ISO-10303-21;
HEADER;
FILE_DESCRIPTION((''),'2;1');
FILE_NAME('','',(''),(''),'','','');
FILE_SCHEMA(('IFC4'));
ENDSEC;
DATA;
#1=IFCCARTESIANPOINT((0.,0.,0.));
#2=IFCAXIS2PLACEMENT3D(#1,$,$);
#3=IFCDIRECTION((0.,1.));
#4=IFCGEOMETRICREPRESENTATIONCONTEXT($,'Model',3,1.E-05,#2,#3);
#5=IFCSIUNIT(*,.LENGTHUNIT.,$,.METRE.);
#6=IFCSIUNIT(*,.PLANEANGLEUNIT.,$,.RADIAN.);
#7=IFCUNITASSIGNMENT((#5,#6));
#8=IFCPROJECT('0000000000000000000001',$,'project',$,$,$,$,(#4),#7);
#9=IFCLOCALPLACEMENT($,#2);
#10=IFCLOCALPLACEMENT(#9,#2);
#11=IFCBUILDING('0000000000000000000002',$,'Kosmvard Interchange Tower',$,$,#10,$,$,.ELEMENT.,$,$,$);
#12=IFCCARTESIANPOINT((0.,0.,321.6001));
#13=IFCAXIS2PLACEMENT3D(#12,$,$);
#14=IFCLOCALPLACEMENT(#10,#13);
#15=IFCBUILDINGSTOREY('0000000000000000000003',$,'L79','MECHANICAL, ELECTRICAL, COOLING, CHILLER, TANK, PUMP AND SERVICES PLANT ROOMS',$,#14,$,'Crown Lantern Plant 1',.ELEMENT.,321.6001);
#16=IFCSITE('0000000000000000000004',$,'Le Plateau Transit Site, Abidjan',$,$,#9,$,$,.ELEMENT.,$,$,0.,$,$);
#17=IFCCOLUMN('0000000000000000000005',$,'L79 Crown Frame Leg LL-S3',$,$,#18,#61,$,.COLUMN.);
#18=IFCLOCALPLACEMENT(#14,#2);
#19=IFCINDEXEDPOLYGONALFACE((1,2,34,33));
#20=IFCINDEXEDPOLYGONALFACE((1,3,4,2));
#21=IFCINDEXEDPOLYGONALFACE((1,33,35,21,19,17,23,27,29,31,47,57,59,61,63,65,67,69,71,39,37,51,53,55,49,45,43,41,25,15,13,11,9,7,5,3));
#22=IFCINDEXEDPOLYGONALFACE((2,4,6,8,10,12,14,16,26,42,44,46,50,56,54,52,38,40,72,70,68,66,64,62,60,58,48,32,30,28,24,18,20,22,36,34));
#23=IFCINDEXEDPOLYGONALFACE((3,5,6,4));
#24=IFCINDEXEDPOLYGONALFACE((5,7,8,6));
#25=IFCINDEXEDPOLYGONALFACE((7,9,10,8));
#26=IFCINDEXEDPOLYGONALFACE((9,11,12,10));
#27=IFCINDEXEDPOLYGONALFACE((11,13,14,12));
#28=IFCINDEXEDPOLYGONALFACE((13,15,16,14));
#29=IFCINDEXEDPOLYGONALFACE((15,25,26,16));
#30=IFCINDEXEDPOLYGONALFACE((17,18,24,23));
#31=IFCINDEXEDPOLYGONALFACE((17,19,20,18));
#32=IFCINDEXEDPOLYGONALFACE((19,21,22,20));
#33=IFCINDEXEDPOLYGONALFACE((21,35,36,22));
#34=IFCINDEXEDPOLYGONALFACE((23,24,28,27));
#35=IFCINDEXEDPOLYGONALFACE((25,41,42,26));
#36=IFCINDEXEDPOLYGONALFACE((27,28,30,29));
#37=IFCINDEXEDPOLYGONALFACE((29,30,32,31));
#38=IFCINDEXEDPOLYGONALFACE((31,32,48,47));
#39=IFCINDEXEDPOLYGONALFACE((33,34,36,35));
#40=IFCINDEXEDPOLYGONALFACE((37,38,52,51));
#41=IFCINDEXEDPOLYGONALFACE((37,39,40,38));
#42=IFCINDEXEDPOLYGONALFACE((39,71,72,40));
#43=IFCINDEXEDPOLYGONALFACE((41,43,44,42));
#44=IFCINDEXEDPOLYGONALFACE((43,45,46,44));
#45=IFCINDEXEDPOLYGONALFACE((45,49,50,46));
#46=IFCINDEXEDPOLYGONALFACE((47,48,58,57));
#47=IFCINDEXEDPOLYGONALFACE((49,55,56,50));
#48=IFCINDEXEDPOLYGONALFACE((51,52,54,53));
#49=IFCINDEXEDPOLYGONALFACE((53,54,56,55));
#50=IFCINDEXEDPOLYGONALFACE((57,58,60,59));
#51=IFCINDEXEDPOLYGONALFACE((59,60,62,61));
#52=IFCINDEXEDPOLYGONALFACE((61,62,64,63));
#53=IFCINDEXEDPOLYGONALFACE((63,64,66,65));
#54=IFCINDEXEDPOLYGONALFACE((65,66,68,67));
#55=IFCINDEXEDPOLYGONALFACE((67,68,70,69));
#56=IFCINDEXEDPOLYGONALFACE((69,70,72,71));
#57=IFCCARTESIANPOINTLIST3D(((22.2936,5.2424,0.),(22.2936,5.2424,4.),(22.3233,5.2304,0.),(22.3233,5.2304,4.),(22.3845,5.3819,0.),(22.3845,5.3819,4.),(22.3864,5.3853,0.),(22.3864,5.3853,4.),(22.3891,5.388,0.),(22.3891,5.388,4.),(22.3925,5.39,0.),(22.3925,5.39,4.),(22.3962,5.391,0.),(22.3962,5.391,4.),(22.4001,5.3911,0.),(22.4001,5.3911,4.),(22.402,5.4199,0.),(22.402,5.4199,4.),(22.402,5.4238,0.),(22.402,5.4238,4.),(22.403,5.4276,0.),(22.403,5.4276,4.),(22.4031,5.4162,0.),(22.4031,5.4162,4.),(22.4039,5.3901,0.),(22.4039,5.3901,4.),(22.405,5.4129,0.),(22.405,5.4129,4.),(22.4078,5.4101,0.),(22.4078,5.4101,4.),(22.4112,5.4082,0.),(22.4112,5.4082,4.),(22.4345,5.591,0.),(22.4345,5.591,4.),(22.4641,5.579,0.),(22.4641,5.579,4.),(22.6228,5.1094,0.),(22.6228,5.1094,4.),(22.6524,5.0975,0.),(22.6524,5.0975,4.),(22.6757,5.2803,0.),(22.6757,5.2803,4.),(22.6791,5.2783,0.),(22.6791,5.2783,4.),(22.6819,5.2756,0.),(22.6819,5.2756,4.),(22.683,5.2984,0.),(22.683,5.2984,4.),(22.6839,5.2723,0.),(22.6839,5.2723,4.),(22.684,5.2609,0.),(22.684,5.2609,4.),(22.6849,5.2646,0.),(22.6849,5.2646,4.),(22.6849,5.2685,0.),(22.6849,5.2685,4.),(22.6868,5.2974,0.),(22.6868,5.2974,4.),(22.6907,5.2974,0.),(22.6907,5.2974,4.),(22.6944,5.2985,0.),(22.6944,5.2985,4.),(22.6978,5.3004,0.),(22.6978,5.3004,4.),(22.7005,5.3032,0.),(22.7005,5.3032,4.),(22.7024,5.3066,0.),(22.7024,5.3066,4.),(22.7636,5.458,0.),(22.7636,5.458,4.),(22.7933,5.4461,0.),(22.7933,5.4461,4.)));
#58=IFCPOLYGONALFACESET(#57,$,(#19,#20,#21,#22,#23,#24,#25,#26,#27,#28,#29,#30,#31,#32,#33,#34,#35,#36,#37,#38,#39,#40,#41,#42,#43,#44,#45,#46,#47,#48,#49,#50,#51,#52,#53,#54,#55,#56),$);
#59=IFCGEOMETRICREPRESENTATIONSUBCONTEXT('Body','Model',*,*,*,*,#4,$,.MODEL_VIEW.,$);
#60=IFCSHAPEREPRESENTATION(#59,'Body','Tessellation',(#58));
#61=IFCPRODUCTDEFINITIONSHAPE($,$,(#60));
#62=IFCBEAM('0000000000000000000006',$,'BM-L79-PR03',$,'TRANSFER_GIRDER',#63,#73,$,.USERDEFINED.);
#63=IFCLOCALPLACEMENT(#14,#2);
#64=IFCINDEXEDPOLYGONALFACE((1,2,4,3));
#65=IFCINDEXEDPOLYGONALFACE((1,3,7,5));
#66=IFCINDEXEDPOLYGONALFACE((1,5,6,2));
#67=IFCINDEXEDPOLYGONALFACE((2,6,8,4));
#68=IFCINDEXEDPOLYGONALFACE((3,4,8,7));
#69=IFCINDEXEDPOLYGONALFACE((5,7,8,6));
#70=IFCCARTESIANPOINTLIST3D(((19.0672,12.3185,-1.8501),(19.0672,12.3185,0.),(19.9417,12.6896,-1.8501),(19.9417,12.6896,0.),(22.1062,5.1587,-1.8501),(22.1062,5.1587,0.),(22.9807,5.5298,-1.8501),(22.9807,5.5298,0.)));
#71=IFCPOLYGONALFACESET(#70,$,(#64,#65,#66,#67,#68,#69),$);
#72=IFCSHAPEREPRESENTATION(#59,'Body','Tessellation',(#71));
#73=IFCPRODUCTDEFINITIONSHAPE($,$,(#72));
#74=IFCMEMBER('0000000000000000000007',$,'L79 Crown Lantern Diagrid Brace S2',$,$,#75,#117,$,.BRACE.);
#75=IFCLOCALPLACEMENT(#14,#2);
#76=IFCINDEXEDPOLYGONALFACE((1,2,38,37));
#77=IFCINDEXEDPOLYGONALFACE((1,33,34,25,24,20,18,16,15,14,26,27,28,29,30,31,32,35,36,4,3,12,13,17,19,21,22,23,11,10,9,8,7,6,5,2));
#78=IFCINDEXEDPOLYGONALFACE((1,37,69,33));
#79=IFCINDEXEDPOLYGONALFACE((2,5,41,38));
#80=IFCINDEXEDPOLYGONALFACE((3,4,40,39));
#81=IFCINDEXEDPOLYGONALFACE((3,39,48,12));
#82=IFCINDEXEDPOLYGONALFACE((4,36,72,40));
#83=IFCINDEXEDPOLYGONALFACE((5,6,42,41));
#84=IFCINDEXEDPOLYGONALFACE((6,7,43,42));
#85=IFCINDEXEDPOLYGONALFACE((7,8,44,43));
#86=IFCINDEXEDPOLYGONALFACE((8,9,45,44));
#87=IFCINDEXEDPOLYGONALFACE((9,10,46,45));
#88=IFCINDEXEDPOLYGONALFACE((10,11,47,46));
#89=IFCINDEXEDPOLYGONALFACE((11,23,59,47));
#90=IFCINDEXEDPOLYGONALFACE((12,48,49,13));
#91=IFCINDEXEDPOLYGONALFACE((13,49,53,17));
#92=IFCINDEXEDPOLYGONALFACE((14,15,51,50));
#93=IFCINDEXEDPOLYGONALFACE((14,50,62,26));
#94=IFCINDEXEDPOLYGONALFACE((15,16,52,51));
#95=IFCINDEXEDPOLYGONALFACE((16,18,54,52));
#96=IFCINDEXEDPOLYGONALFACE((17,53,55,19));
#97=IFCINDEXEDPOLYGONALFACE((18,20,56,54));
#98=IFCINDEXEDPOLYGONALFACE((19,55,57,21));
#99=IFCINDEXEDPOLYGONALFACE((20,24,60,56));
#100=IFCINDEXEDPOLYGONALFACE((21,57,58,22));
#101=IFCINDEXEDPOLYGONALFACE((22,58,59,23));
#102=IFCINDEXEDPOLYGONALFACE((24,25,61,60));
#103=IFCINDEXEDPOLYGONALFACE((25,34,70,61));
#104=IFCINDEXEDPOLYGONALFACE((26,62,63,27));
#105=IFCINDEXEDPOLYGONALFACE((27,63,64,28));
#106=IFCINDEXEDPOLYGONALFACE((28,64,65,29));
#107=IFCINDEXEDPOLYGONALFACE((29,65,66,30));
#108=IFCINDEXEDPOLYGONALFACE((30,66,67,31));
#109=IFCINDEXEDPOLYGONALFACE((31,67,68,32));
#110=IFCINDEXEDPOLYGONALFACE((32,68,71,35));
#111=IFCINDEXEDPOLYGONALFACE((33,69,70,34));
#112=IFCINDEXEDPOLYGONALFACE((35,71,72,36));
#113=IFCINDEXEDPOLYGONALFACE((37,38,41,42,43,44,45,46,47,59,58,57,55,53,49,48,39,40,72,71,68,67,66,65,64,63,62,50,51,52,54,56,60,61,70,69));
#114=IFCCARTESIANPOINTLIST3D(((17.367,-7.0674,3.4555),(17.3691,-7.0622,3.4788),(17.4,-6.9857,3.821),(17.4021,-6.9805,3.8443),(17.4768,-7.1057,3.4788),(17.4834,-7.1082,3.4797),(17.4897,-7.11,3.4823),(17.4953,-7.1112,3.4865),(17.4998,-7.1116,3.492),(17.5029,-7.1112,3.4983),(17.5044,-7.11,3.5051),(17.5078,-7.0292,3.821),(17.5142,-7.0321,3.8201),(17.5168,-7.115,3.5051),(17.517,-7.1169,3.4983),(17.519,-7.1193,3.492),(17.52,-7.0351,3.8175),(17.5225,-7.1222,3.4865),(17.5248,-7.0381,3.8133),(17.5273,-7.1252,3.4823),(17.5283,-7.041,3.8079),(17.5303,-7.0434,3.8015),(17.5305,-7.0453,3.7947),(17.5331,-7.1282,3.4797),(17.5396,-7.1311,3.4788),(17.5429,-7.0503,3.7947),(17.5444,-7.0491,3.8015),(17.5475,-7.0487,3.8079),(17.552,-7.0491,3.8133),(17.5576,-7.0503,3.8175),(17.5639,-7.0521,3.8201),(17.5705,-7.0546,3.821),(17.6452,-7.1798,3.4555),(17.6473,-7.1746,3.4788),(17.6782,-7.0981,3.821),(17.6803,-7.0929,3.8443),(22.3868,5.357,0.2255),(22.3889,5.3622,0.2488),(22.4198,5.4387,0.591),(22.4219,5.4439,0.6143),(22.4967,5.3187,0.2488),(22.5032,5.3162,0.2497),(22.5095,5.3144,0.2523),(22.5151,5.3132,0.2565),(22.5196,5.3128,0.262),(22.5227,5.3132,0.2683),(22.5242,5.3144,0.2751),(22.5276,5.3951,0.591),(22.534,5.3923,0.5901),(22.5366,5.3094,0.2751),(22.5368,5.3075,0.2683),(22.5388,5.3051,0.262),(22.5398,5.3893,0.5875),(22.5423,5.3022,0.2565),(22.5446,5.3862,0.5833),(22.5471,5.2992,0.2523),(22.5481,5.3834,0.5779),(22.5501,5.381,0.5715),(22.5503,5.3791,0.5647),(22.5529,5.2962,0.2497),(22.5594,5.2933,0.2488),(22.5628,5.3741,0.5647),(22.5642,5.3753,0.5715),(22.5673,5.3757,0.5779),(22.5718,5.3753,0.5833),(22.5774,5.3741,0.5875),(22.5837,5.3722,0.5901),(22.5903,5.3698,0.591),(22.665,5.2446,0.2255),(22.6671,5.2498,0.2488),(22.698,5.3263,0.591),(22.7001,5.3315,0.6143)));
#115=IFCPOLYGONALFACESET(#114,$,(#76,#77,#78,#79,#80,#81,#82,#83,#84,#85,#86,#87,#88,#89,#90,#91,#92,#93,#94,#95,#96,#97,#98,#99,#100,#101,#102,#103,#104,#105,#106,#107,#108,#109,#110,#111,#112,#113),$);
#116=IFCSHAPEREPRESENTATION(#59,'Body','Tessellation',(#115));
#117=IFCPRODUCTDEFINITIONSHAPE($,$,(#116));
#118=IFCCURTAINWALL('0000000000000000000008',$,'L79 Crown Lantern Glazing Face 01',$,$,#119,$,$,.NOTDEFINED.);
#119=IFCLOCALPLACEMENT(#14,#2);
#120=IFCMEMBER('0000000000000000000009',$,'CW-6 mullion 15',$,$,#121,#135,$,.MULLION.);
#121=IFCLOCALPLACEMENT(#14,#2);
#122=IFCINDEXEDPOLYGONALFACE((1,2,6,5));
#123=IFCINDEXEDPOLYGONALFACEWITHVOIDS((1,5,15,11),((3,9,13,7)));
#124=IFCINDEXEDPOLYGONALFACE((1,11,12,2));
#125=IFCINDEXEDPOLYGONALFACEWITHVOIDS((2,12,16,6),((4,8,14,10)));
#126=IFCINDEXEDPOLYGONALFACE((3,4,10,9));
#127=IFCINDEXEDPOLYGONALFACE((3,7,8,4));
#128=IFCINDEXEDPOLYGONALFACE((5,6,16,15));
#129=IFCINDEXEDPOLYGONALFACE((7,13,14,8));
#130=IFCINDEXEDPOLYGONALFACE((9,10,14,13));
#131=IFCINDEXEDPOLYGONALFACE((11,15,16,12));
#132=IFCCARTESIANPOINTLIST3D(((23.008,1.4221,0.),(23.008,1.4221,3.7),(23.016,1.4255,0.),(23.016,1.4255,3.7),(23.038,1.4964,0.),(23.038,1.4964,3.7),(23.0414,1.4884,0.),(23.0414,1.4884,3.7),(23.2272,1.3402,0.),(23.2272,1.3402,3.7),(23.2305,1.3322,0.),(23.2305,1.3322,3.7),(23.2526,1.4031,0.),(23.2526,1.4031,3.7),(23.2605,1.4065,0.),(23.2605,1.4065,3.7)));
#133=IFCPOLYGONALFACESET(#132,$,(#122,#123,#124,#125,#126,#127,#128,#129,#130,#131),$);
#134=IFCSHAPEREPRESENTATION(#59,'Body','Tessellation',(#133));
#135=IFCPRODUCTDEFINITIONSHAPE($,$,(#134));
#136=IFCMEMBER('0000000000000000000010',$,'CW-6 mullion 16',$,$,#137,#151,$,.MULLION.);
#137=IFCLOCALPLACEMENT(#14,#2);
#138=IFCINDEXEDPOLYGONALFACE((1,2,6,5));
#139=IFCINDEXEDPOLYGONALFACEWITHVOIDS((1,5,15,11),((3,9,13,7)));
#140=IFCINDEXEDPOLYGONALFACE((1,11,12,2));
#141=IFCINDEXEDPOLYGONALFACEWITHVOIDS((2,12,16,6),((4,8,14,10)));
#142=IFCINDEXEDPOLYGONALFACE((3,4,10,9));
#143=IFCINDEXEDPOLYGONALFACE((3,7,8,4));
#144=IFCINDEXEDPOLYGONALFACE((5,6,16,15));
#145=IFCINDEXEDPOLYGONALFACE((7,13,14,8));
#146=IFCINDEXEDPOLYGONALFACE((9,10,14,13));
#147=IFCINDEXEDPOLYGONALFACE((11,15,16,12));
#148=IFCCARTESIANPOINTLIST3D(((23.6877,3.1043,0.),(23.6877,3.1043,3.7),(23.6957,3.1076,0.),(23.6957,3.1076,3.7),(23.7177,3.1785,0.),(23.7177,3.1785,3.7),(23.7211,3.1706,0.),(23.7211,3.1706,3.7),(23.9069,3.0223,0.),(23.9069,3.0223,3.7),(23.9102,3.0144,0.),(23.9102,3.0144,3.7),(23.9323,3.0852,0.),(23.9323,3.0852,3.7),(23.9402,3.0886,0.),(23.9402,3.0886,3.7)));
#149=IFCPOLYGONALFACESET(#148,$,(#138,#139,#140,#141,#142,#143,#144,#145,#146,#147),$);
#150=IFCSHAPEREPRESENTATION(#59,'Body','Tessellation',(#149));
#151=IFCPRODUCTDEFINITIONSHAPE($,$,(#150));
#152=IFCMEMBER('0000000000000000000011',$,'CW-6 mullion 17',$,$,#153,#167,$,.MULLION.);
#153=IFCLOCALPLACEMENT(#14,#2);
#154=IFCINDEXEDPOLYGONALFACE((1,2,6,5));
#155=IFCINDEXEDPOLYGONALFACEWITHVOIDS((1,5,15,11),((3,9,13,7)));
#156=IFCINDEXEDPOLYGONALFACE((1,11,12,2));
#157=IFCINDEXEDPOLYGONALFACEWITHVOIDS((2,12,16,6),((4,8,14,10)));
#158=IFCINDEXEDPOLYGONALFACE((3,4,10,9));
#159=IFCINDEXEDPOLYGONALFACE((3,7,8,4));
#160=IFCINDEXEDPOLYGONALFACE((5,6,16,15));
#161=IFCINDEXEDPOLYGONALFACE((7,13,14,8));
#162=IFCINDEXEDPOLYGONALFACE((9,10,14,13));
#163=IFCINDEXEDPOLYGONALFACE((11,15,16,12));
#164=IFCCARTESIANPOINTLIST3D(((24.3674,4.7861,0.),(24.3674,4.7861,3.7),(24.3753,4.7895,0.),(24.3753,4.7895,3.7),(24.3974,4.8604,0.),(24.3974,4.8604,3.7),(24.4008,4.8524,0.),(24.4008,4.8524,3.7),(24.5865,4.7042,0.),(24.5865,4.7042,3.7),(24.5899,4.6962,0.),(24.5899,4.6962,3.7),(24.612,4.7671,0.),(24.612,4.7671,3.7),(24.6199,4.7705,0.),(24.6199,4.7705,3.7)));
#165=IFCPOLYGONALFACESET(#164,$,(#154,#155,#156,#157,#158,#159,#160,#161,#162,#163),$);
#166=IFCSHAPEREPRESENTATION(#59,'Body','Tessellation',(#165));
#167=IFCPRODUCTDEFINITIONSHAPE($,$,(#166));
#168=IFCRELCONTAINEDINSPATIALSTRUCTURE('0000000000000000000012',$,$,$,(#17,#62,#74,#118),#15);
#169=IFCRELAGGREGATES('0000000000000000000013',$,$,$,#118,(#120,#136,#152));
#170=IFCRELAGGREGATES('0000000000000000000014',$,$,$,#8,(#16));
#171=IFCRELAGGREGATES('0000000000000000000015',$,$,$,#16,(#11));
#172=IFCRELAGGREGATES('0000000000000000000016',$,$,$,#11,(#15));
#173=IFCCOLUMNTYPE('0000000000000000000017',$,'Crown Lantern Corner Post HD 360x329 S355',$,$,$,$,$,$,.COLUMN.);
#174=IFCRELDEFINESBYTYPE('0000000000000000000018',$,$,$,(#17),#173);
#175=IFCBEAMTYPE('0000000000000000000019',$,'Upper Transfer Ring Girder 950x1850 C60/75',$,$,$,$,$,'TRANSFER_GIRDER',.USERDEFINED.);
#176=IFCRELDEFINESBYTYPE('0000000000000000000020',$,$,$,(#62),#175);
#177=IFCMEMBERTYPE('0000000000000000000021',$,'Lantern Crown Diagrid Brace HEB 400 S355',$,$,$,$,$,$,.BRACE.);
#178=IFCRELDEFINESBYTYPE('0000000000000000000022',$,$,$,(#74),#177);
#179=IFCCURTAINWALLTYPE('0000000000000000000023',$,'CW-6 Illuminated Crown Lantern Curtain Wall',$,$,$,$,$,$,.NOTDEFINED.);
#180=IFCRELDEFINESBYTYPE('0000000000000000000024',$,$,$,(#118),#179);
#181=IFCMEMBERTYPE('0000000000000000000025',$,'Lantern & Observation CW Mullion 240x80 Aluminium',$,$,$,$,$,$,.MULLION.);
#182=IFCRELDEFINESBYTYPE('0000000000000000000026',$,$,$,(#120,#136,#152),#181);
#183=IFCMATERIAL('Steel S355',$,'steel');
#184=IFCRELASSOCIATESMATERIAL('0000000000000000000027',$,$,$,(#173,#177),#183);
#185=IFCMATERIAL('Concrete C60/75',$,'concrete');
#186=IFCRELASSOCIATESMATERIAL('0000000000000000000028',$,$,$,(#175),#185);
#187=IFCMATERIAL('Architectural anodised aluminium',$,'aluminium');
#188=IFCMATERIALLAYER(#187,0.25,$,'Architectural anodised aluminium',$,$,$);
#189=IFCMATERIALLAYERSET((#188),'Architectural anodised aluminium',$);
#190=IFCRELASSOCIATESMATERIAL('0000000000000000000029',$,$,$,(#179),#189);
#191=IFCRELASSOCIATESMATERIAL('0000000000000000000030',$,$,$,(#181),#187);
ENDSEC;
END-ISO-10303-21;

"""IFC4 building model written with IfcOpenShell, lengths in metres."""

from ifc_helpers import new_model, si_unit, direction, frame, origin, origin_2d, place, context, subcontext, project, spatial, rectangle, hollow_rectangle, i_section, extrude, source, transform, mapped, material, layer, layer_set, material_profile, profile_set, type_object, element, aggregate, save


model = new_model("IFC4")

# Units and contexts
model_context = context("Model", 3, precision=1e-05, world=origin(), true_north=direction((0.0, 1.0)))
body_context = subcontext(model_context, "Body", "Model", "MODEL_VIEW")
ifc_project = project(units=[si_unit("LENGTHUNIT", "METRE"), si_unit("PLANEANGLEUNIT", "RADIAN")], contexts=[model_context])

# Site, building, storey
site_placement = place(None, origin())
site = spatial("IfcSite", under=ifc_project, at=site_placement, Name="Le Plateau Transit Site, Abidjan", CompositionType="ELEMENT", RefElevation=0.0)
building_placement = place(site_placement, origin())
building = spatial("IfcBuilding", under=site, at=building_placement, Name="Kosmvard Interchange Tower", CompositionType="ELEMENT")
storey_placement = place(building_placement, frame((0.0, 0.0, 321.6001)))
storey = spatial("IfcBuildingStorey", under=building, at=storey_placement, Name="L79", Description="MECHANICAL, ELECTRICAL, COOLING, CHILLER, TANK, PUMP AND SERVICES PLANT ROOMS", LongName="Crown Lantern Plant 1", CompositionType="ELEMENT", Elevation=321.6001)

# Column
ifc_material_1 = material(Name="Steel S355", Category="steel")
ifc_material_profile_1 = material_profile(ifc_material_1, i_section(OverallWidth=0.376, OverallDepth=0.387, WebThickness=0.0195, FlangeThickness=0.032, FilletRadius=0.0149, at=origin_2d()), Name="HD 360x329")
ifc_profile_set_1 = profile_set([ifc_material_profile_1], Name="Steel S355")
column_type = type_object("IfcColumnType", Name="Crown Lantern Corner Post HD 360x329 S355", PredefinedType="COLUMN", material=ifc_profile_set_1)
shared_shape_1 = source(origin(), body_context, "Body", "SweptSolid", [
    extrude(i_section(OverallWidth=0.376, OverallDepth=0.387, WebThickness=0.0195, FlangeThickness=0.032, FilletRadius=0.0149, at=origin_2d()), origin(), (0.0, 0.0, 1.0), 4.0),
])
column_placement = place(storey_placement, frame((22.5435, 5.3442, 0.0), z_axis=(0.0, 0.0, 1.0), x_axis=(0.374607, 0.927184, 0.0)))
element("IfcColumn", 1, at=column_placement, inside=storey, type_object=column_type, Name="L79 Crown Frame Leg LL-S3", PredefinedType="COLUMN", context=body_context, shape_type="MappedRepresentation", body=[
    mapped(shared_shape_1, transform((0.0, 0.0, 0.0), scale=1.0)),
])

# Beam
ifc_material_2 = material(Name="Concrete C60/75", Category="concrete")
ifc_material_profile_2 = material_profile(ifc_material_2, rectangle(XDim=0.95, YDim=1.8501, at=origin_2d()), Name="TG 950x1850")
ifc_profile_set_2 = profile_set([ifc_material_profile_2], Name="Concrete C60/75")
beam_type = type_object("IfcBeamType", Name="Upper Transfer Ring Girder 950x1850 C60/75", ElementType="TRANSFER_GIRDER", PredefinedType="USERDEFINED", material=ifc_profile_set_2)
shared_shape_2 = source(origin(), body_context, "Body", "SweptSolid", [
    extrude(rectangle(XDim=0.95, YDim=1.8501, at=origin_2d()), origin(), (0.0, 0.0, 1.0), 7.7781),
])
beam_placement = place(storey_placement, frame((22.5435, 5.3442, -0.925), z_axis=(-0.390716, 0.920511, 0.0), x_axis=(-0.920511, -0.390716, 0.0)))
element("IfcBeam", 2, at=beam_placement, inside=storey, type_object=beam_type, Name="BM-L79-PR03", ObjectType="TRANSFER_GIRDER", PredefinedType="USERDEFINED", context=body_context, shape_type="MappedRepresentation", body=[
    mapped(shared_shape_2, transform((0.0, 0.0, 0.0), scale=1.0)),
])

# Member
ifc_material_profile_3 = material_profile(ifc_material_1, i_section(OverallWidth=0.3, OverallDepth=0.3999, WebThickness=0.0134, FlangeThickness=0.0239, FilletRadius=0.0271, at=origin_2d()), Name="HEB 400")
ifc_profile_set_3 = profile_set([ifc_material_profile_3], Name="Steel S355")
member_type_1 = type_object("IfcMemberType", Name="Lantern Crown Diagrid Brace HEB 400 S355", PredefinedType="BRACE", material=ifc_profile_set_3)
shared_shape_3 = source(origin(), body_context, "Body", "SweptSolid", [
    extrude(i_section(OverallWidth=0.3, OverallDepth=0.3999, WebThickness=0.0134, FlangeThickness=0.0239, FilletRadius=0.0271, at=origin_2d()), origin(), (0.0, 0.0, 1.0), 13.7839),
])
member_1_placement = place(storey_placement, frame((22.5435, 5.3442, 0.4199), z_axis=(-0.364178, -0.901368, 0.234331), x_axis=(0.927183, -0.374608, 0.0)))
element("IfcMember", 3, at=member_1_placement, inside=storey, type_object=member_type_1, Name="L79 Crown Lantern Diagrid Brace S2", PredefinedType="BRACE", context=body_context, shape_type="MappedRepresentation", body=[
    mapped(shared_shape_3, transform((0.0, 0.0, 0.0), scale=1.0)),
])

# Curtain wall, members
ifc_material_3 = material(Name="Architectural anodised aluminium", Category="aluminium")
ifc_layer_1 = layer(ifc_material_3, 0.25, Name="Architectural anodised aluminium")
ifc_layer_set_1 = layer_set([ifc_layer_1], Name="Architectural anodised aluminium")
curtain_wall_type = type_object("IfcCurtainWallType", Name="CW-6 Illuminated Crown Lantern Curtain Wall", PredefinedType="NOTDEFINED", material=ifc_layer_set_1)
curtain_wall_placement = place(storey_placement, origin())
curtain_wall = element("IfcCurtainWall", 4, at=curtain_wall_placement, inside=storey, type_object=curtain_wall_type, Name="L79 Crown Lantern Glazing Face 01", PredefinedType="NOTDEFINED")
ifc_material_profile_4 = material_profile(ifc_material_3, hollow_rectangle(XDim=0.24, YDim=0.0801, WallThickness=0.0061, at=origin_2d()), Name="CWM 240x80x6")
ifc_profile_set_4 = profile_set([ifc_material_profile_4], Name="Architectural anodised aluminium")
member_type_2 = type_object("IfcMemberType", Name="Lantern & Observation CW Mullion 240x80 Aluminium", PredefinedType="MULLION", material=ifc_profile_set_4)
shared_shape_4 = source(origin(), body_context, "Body", "SweptSolid", [
    extrude(hollow_rectangle(XDim=0.24, YDim=0.0801, WallThickness=0.0061, at=origin_2d()), origin(), (0.0, 0.0, 1.0), 3.7),
])
member_2_placement = place(storey_placement, frame((23.1343, 1.4143, 0.0), z_axis=(0.0, 0.0, 1.0), x_axis=(-0.927184, 0.374607, 0.0)))
member_2 = element("IfcMember", 5, at=member_2_placement, type_object=member_type_2, Name="CW-6 mullion 15", PredefinedType="MULLION", context=body_context, shape_type="MappedRepresentation", body=[
    mapped(shared_shape_4, transform((0.0, 0.0, 0.0), scale=1.0)),
])
member_3_placement = place(storey_placement, frame((23.814, 3.0964, 0.0), z_axis=(0.0, 0.0, 1.0), x_axis=(-0.927184, 0.374607, 0.0)))
member_3 = element("IfcMember", 6, at=member_3_placement, type_object=member_type_2, Name="CW-6 mullion 16", PredefinedType="MULLION", context=body_context, shape_type="MappedRepresentation", body=[
    mapped(shared_shape_4, transform((0.0, 0.0, 0.0), scale=1.0)),
])
member_4_placement = place(storey_placement, frame((24.4937, 4.7783, 0.0), z_axis=(0.0, 0.0, 1.0), x_axis=(-0.927184, 0.374607, 0.0)))
member_4 = element("IfcMember", 7, at=member_4_placement, type_object=member_type_2, Name="CW-6 mullion 17", PredefinedType="MULLION", context=body_context, shape_type="MappedRepresentation", body=[
    mapped(shared_shape_4, transform((0.0, 0.0, 0.0), scale=1.0)),
])

aggregate(curtain_wall, [member_2, member_3, member_4])

save(model, "model.ifc")
